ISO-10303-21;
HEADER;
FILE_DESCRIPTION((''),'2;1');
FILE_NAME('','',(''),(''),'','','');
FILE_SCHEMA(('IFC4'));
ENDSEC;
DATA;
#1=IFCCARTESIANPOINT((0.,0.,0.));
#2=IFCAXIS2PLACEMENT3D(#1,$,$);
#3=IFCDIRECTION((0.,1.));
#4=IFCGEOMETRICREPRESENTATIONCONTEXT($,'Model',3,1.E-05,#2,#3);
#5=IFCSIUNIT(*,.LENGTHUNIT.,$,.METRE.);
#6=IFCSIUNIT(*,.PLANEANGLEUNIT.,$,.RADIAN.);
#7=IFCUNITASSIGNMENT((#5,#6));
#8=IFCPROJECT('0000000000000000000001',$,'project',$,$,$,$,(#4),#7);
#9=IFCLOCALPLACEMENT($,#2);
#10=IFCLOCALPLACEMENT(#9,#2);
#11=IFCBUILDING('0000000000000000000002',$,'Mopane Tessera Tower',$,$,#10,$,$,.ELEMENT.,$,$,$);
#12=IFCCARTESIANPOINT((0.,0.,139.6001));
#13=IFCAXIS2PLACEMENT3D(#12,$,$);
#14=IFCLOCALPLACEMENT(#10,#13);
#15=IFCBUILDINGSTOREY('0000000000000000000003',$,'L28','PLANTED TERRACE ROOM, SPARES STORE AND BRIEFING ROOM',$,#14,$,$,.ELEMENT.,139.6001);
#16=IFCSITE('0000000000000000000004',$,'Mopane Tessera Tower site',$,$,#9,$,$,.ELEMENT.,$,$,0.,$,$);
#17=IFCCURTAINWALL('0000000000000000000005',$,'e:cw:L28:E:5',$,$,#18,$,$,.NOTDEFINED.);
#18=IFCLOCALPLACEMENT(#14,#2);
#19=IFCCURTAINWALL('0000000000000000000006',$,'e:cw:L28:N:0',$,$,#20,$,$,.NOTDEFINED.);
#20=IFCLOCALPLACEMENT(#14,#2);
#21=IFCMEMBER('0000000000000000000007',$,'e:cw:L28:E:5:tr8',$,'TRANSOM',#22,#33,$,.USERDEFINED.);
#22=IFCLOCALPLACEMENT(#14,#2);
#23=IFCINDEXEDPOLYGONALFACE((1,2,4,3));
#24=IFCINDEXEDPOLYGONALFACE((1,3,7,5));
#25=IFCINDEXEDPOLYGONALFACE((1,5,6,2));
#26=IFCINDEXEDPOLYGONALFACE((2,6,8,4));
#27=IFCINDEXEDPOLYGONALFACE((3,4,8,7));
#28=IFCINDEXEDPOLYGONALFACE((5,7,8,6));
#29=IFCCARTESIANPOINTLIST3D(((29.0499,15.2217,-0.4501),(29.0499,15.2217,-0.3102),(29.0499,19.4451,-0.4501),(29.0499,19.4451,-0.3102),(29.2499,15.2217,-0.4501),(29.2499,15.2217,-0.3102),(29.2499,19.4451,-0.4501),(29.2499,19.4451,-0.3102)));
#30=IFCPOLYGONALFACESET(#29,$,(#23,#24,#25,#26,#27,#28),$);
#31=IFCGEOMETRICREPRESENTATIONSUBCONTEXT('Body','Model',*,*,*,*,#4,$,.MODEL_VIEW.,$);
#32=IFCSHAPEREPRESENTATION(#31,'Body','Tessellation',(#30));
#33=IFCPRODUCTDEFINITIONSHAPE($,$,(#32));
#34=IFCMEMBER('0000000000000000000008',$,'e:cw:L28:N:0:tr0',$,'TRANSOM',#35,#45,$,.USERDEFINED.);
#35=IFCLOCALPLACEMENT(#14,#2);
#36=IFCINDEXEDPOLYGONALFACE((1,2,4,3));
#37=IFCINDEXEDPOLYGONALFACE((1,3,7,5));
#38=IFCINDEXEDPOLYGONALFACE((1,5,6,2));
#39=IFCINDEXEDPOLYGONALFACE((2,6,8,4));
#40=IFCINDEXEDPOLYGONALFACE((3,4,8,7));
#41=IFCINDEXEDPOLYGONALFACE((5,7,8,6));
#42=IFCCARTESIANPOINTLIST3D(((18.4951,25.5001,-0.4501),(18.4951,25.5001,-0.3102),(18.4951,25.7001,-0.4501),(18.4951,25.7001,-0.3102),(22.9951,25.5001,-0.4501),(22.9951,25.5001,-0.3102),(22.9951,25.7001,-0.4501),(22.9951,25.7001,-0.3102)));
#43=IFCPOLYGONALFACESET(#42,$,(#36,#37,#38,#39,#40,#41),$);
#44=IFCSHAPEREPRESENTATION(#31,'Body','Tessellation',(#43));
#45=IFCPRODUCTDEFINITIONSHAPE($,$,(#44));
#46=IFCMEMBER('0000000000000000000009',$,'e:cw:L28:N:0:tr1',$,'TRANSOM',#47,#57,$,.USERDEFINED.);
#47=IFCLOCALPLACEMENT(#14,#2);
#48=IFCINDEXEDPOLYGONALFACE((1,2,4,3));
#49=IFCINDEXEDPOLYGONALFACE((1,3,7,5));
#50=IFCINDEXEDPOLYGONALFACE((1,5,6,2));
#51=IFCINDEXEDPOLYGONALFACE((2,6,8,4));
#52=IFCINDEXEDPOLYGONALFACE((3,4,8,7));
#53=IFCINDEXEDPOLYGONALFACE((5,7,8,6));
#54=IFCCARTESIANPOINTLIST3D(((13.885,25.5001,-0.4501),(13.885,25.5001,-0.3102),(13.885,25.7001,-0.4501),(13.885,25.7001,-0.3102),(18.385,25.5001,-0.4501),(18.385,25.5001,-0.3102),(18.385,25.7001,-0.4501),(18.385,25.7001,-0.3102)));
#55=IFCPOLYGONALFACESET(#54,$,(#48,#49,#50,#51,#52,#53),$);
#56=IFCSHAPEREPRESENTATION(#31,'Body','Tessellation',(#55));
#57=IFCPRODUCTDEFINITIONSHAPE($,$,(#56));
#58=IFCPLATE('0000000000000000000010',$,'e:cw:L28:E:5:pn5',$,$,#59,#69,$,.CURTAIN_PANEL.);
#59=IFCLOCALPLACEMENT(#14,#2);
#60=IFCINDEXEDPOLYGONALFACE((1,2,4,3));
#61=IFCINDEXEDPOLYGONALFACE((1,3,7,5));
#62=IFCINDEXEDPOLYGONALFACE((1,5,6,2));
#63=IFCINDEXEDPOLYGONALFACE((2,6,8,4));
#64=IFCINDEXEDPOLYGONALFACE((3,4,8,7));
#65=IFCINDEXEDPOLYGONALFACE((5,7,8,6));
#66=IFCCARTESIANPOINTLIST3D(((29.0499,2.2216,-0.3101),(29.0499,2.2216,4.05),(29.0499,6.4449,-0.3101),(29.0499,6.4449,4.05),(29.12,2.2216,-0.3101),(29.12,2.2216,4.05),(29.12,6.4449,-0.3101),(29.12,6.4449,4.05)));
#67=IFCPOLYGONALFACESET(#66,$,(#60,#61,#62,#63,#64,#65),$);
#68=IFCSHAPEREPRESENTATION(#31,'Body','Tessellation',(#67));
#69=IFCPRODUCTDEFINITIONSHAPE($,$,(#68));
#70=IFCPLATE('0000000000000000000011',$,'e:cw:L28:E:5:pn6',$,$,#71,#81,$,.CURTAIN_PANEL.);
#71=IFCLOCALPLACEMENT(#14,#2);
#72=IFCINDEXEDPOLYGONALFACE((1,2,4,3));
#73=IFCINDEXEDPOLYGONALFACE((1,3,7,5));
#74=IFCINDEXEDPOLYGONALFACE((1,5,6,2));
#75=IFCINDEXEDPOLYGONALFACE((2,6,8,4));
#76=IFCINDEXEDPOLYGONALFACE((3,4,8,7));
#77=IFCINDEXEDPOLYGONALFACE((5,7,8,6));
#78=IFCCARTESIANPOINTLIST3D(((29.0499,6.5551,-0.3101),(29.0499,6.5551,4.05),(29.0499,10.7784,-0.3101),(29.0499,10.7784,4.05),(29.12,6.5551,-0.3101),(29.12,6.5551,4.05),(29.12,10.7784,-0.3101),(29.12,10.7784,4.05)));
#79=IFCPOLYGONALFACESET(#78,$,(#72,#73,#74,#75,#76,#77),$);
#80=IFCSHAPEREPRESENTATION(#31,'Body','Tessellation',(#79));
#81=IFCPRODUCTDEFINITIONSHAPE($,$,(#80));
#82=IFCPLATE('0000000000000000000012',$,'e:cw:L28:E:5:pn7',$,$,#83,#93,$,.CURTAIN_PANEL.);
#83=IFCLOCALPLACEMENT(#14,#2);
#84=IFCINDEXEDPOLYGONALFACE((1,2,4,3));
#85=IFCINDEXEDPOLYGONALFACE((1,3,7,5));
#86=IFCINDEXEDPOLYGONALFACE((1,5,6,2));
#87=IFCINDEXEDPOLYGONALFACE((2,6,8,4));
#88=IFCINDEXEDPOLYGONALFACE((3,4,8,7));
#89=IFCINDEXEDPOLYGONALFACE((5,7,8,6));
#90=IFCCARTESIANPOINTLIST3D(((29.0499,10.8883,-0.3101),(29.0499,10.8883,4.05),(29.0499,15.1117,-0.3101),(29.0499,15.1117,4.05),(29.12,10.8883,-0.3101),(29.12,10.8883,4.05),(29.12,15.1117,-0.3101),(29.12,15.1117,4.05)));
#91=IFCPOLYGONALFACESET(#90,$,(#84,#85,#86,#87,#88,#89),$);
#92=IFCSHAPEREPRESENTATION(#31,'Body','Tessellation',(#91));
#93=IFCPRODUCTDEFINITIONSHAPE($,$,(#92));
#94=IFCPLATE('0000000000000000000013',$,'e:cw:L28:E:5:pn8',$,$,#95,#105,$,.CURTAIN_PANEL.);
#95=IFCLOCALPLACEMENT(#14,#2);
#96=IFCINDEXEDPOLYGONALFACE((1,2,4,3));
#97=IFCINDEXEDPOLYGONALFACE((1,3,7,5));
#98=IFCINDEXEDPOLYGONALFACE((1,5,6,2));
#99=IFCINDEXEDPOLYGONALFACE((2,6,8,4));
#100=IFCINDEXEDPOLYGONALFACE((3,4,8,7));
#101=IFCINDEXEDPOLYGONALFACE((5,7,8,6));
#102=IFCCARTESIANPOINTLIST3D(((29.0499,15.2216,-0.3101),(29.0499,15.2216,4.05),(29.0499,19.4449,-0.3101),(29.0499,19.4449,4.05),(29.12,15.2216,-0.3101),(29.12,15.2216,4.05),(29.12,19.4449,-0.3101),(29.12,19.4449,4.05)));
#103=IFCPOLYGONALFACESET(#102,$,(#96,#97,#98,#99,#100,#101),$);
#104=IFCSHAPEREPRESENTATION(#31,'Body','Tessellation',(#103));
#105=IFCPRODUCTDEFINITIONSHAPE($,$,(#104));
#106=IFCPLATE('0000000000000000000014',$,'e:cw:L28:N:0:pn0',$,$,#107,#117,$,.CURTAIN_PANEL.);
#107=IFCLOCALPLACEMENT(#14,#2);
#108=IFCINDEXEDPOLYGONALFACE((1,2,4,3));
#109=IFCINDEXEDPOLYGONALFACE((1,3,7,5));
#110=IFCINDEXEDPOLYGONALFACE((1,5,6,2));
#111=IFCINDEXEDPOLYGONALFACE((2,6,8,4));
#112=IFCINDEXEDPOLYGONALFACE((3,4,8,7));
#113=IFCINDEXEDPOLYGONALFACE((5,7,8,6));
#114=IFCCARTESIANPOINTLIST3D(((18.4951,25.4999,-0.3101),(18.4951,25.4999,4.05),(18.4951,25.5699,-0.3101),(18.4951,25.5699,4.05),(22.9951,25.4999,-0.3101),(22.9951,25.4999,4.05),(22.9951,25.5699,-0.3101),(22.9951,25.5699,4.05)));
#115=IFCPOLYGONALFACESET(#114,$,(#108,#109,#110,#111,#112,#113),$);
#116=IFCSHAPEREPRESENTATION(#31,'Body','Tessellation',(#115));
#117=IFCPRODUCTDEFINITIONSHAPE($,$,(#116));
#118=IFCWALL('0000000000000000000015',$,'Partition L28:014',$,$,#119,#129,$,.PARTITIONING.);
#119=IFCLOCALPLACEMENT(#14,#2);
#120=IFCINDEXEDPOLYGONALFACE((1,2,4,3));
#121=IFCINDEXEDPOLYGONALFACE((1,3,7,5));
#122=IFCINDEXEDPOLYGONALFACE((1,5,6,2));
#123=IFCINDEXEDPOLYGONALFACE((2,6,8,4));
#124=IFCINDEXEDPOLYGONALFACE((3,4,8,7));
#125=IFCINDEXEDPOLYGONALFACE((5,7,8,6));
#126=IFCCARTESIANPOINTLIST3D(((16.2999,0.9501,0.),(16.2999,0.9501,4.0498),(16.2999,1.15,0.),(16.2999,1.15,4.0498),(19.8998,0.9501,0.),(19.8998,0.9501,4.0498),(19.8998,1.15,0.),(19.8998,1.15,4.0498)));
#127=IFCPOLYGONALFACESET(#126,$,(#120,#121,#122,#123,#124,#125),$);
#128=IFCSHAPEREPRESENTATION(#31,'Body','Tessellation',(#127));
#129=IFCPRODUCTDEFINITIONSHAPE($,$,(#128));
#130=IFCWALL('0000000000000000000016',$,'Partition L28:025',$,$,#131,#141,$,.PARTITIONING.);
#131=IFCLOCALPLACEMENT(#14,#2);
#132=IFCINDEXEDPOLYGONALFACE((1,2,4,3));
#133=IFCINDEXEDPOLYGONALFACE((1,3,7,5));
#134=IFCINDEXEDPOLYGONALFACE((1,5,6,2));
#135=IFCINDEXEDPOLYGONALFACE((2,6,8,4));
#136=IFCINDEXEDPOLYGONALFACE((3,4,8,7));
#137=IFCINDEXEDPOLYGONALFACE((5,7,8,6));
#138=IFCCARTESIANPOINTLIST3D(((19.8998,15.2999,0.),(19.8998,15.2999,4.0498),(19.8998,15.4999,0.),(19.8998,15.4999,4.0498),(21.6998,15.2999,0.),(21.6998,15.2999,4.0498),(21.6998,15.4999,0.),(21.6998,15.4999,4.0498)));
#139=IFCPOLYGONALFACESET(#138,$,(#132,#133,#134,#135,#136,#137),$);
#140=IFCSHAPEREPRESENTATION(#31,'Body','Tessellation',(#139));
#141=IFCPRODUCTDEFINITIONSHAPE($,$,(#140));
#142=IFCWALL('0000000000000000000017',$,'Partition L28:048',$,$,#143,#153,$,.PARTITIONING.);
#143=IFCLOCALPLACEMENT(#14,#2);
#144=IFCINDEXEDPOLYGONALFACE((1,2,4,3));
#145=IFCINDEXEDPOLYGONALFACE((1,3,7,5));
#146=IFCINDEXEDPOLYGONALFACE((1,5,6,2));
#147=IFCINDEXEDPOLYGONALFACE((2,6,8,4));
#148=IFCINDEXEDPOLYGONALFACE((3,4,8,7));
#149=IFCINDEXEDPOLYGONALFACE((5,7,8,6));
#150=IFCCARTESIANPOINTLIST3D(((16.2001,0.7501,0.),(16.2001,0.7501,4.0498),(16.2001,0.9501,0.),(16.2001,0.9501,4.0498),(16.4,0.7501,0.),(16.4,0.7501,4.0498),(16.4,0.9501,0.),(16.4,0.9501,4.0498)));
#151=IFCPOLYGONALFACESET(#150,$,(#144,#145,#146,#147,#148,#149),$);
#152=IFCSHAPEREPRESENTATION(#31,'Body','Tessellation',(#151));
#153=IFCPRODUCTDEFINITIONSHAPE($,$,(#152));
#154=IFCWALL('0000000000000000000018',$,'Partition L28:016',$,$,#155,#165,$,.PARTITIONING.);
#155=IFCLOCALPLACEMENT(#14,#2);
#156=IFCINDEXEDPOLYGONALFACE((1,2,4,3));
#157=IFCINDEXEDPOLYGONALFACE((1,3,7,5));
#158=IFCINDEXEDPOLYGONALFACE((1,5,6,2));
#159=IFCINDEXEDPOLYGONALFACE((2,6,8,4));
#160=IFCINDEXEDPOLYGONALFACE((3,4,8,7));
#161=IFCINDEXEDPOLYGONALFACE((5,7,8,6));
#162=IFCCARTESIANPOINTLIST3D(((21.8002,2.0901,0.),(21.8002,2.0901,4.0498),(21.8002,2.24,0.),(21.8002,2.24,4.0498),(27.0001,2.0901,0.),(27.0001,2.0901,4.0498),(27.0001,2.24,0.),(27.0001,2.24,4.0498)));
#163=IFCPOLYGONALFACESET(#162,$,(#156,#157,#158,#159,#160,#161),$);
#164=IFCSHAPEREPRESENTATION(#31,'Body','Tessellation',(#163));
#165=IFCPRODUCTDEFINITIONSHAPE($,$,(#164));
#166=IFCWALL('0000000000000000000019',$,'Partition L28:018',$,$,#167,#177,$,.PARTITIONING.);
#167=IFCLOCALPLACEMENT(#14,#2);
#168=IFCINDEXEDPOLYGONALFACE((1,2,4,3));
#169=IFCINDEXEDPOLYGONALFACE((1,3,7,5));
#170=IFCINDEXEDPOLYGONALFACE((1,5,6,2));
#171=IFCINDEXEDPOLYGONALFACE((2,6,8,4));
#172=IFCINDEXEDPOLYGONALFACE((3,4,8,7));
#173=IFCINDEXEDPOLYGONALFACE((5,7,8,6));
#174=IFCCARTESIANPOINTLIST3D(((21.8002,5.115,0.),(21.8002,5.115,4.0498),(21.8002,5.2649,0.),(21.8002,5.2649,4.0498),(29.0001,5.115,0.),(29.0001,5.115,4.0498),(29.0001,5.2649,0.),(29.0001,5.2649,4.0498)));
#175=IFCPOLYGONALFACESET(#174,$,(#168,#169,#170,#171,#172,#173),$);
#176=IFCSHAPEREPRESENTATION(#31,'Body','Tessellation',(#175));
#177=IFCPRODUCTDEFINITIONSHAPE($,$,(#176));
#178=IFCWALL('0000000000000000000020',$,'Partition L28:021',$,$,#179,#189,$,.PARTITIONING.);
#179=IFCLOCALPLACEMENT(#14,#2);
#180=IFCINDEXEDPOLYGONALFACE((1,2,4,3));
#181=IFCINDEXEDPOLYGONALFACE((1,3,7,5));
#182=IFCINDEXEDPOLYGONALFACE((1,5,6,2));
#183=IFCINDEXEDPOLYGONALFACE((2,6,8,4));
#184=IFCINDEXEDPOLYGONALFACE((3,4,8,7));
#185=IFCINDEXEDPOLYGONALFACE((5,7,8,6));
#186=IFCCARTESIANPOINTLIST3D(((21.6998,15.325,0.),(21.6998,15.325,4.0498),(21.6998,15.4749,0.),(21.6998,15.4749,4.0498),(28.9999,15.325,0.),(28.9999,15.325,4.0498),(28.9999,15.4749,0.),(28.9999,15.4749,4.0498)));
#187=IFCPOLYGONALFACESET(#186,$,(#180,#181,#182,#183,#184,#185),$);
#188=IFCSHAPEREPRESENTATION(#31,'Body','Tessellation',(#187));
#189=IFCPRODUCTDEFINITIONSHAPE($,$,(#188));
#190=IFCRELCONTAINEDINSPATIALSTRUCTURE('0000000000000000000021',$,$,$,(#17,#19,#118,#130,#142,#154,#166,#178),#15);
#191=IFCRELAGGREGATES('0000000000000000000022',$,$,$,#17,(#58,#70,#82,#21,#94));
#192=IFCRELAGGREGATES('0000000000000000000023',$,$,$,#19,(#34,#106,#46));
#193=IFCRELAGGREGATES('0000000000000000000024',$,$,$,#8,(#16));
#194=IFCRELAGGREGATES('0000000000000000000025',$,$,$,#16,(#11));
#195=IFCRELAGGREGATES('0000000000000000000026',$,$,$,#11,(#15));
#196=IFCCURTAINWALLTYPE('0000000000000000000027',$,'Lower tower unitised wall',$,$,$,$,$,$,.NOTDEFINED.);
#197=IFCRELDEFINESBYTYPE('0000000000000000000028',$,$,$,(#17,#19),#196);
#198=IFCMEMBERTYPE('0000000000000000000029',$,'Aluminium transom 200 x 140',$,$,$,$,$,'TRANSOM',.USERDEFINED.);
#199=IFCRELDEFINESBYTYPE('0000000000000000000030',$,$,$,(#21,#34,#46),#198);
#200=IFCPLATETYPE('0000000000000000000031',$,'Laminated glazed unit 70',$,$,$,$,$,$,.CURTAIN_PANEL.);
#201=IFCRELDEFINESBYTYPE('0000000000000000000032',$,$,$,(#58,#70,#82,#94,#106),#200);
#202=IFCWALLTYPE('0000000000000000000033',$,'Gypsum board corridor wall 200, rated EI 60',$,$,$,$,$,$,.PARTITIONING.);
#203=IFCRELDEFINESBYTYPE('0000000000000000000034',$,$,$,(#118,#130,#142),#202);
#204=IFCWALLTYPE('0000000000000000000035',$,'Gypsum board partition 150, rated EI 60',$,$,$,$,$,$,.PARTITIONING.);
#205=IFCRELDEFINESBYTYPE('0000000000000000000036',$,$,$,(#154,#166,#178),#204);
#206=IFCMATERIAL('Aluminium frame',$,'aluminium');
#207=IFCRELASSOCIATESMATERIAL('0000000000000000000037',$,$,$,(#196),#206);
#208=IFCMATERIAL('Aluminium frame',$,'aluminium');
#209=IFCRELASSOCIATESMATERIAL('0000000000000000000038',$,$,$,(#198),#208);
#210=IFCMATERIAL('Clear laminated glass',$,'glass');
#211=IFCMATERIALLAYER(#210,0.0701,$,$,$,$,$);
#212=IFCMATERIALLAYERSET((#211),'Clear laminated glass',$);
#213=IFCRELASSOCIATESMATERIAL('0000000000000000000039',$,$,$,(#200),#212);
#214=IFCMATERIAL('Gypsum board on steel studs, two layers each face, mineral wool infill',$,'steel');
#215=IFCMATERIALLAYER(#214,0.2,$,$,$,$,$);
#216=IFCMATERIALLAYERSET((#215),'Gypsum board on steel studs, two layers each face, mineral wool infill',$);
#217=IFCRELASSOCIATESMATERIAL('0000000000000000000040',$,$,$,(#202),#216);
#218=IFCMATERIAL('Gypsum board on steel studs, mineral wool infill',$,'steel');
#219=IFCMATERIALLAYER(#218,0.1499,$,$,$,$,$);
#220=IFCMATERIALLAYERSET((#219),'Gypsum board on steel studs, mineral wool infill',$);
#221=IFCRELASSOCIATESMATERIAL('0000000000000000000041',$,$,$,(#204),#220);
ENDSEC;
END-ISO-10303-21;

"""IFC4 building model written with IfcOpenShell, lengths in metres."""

from ifc_helpers import new_model, si_unit, direction, frame, frame_2d, origin, origin_2d, place, context, subcontext, project, spatial, rectangle, extrude, material, layer, layer_set, material_profile, profile_set, type_object, element, aggregate, save


model = new_model("IFC4")

# Units and contexts
model_context = context("Model", 3, precision=1e-05, world=origin(), true_north=direction((0.0, 1.0)))
body_context = subcontext(model_context, "Body", "Model", "MODEL_VIEW")
ifc_project = project(units=[si_unit("LENGTHUNIT", "METRE"), si_unit("PLANEANGLEUNIT", "RADIAN")], contexts=[model_context])

# Site, building, storey
site_placement = place(None, origin())
site = spatial("IfcSite", under=ifc_project, at=site_placement, Name="Mopane Tessera Tower site", CompositionType="ELEMENT", RefElevation=0.0)
building_placement = place(site_placement, origin())
building = spatial("IfcBuilding", under=site, at=building_placement, Name="Mopane Tessera Tower", CompositionType="ELEMENT")
storey_placement = place(building_placement, frame((0.0, 0.0, 139.6001)))
storey = spatial("IfcBuildingStorey", under=building, at=storey_placement, Name="L28", Description="PLANTED TERRACE ROOM, SPARES STORE AND BRIEFING ROOM", CompositionType="ELEMENT", Elevation=139.6001)

# Curtain walls
ifc_material_1 = material(Name="Aluminium frame", Category="aluminium")
curtain_wall_type = type_object("IfcCurtainWallType", Name="Lower tower unitised wall", PredefinedType="NOTDEFINED", material=ifc_material_1)
curtain_wall_1_placement = place(storey_placement, origin())
curtain_wall_1 = element("IfcCurtainWall", 1, at=curtain_wall_1_placement, inside=storey, type_object=curtain_wall_type, Name="e:cw:L28:E:5", PredefinedType="NOTDEFINED")
curtain_wall_2_placement = place(storey_placement, origin())
curtain_wall_2 = element("IfcCurtainWall", 2, at=curtain_wall_2_placement, inside=storey, type_object=curtain_wall_type, Name="e:cw:L28:N:0", PredefinedType="NOTDEFINED")

# Members
ifc_material_2 = material(Name="Aluminium frame", Category="aluminium")
ifc_material_profile_1 = material_profile(ifc_material_2, rectangle(XDim=0.2, YDim=0.1399, at=origin_2d()))
ifc_profile_set_1 = profile_set([ifc_material_profile_1], Name="Aluminium frame")
member_type_1 = type_object("IfcMemberType", Name="Aluminium transom 200 x 140", ElementType="TRANSOM", PredefinedType="USERDEFINED", material=ifc_profile_set_1)
member_1_placement = place(storey_placement, frame((29.1499, 15.2217, -0.3801), z_axis=(0.0, 1.0, 0.0), x_axis=(-1.0, 0.0, 0.0)))
member_1 = element("IfcMember", 3, at=member_1_placement, type_object=member_type_1, Name="e:cw:L28:E:5:tr8", ObjectType="TRANSOM", PredefinedType="USERDEFINED", context=body_context, shape_type="SweptSolid", body=[
    extrude(rectangle(XDim=0.2, YDim=0.1399, at=origin_2d()), origin(), (0.0, 0.0, 1.0), 4.2234),
])
member_2_placement = place(storey_placement, frame((22.9951, 25.6001, -0.3801), z_axis=(-1.0, 0.0, 0.0), x_axis=(0.0, -1.0, 0.0)))
member_2 = element("IfcMember", 4, at=member_2_placement, type_object=member_type_1, Name="e:cw:L28:N:0:tr0", ObjectType="TRANSOM", PredefinedType="USERDEFINED", context=body_context, shape_type="SweptSolid", body=[
    extrude(rectangle(XDim=0.2, YDim=0.1399, at=origin_2d()), origin(), (0.0, 0.0, 1.0), 4.5),
])
member_3_placement = place(storey_placement, frame((18.385, 25.6001, -0.3801), z_axis=(-1.0, 0.0, 0.0), x_axis=(0.0, -1.0, 0.0)))
member_3 = element("IfcMember", 5, at=member_3_placement, type_object=member_type_1, Name="e:cw:L28:N:0:tr1", ObjectType="TRANSOM", PredefinedType="USERDEFINED", context=body_context, shape_type="SweptSolid", body=[
    extrude(rectangle(XDim=0.2, YDim=0.1399, at=origin_2d()), origin(), (0.0, 0.0, 1.0), 4.5),
])

# Plates
ifc_material_3 = material(Name="Clear laminated glass", Category="glass")
ifc_layer_1 = layer(ifc_material_3, 0.0701)
ifc_layer_set_1 = layer_set([ifc_layer_1], Name="Clear laminated glass")
plate_type = type_object("IfcPlateType", Name="Laminated glazed unit 70", PredefinedType="CURTAIN_PANEL", material=ifc_layer_set_1)
plate_1_placement = place(storey_placement, frame((29.085, 4.3333, -0.3101), z_axis=(0.0, 0.0, 1.0), x_axis=(0.0, 1.0, 0.0)))
plate_1 = element("IfcPlate", 6, at=plate_1_placement, type_object=plate_type, Name="e:cw:L28:E:5:pn5", PredefinedType="CURTAIN_PANEL", context=body_context, shape_type="SweptSolid", body=[
    extrude(rectangle(XDim=4.2234, YDim=0.0701, at=origin_2d()), origin(), (0.0, 0.0, 1.0), 4.3601),
])
plate_2_placement = place(storey_placement, frame((29.085, 8.6667, -0.3101), z_axis=(0.0, 0.0, 1.0), x_axis=(0.0, 1.0, 0.0)))
plate_2 = element("IfcPlate", 7, at=plate_2_placement, type_object=plate_type, Name="e:cw:L28:E:5:pn6", PredefinedType="CURTAIN_PANEL", context=body_context, shape_type="SweptSolid", body=[
    extrude(rectangle(XDim=4.2234, YDim=0.0701, at=origin_2d()), origin(), (0.0, 0.0, 1.0), 4.3601),
])
plate_3_placement = place(storey_placement, frame((29.085, 13.0, -0.3101), z_axis=(0.0, 0.0, 1.0), x_axis=(0.0, 1.0, 0.0)))
plate_3 = element("IfcPlate", 8, at=plate_3_placement, type_object=plate_type, Name="e:cw:L28:E:5:pn7", PredefinedType="CURTAIN_PANEL", context=body_context, shape_type="SweptSolid", body=[
    extrude(rectangle(XDim=4.2234, YDim=0.0701, at=origin_2d()), origin(), (0.0, 0.0, 1.0), 4.3601),
])
plate_4_placement = place(storey_placement, frame((29.085, 17.3333, -0.3101), z_axis=(0.0, 0.0, 1.0), x_axis=(0.0, 1.0, 0.0)))
plate_4 = element("IfcPlate", 9, at=plate_4_placement, type_object=plate_type, Name="e:cw:L28:E:5:pn8", PredefinedType="CURTAIN_PANEL", context=body_context, shape_type="SweptSolid", body=[
    extrude(rectangle(XDim=4.2234, YDim=0.0701, at=origin_2d()), origin(), (0.0, 0.0, 1.0), 4.3601),
])
aggregate(curtain_wall_1, [plate_1, plate_2, plate_3, member_1, plate_4])
plate_5_placement = place(storey_placement, frame((20.7451, 25.5349, -0.3101), z_axis=(0.0, 0.0, 1.0), x_axis=(-1.0, 0.0, 0.0)))
plate_5 = element("IfcPlate", 10, at=plate_5_placement, type_object=plate_type, Name="e:cw:L28:N:0:pn0", PredefinedType="CURTAIN_PANEL", context=body_context, shape_type="SweptSolid", body=[
    extrude(rectangle(XDim=4.5, YDim=0.0701, at=origin_2d()), origin(), (0.0, 0.0, 1.0), 4.3601),
])
aggregate(curtain_wall_2, [member_2, plate_5, member_3])

# Walls
ifc_material_4 = material(Name="Gypsum board on steel studs, two layers each face, mineral wool infill", Category="steel")
ifc_layer_2 = layer(ifc_material_4, 0.2)
ifc_layer_set_2 = layer_set([ifc_layer_2], Name="Gypsum board on steel studs, two layers each face, mineral wool infill")
wall_type_1 = type_object("IfcWallType", Name="Gypsum board corridor wall 200, rated EI 60", PredefinedType="PARTITIONING", material=ifc_layer_set_2)
wall_1_placement = place(storey_placement, frame((16.3, 1.05, 0.0), z_axis=(0.0, 0.0, 1.0), x_axis=(1.0, 0.0, 0.0)))
element("IfcWall", 11, at=wall_1_placement, inside=storey, type_object=wall_type_1, Name="Partition L28:014", PredefinedType="PARTITIONING", context=body_context, shape_type="SweptSolid", body=[
    extrude(rectangle(XDim=3.5999, YDim=0.2, at=frame_2d((1.7998, 0.0))), origin(), (0.0, 0.0, 1.0), 4.0498),
])
wall_2_placement = place(storey_placement, frame((19.8999, 15.3999, 0.0), z_axis=(0.0, 0.0, 1.0), x_axis=(1.0, 0.0, 0.0)))
element("IfcWall", 12, at=wall_2_placement, inside=storey, type_object=wall_type_1, Name="Partition L28:025", PredefinedType="PARTITIONING", context=body_context, shape_type="SweptSolid", body=[
    extrude(rectangle(XDim=1.8, YDim=0.2, at=frame_2d((0.8999, 0.0))), origin(), (0.0, 0.0, 1.0), 4.0498),
])
wall_3_placement = place(storey_placement, frame((16.3, 0.75, 0.0), z_axis=(0.0, 0.0, 1.0), x_axis=(0.0, 1.0, 0.0)))
element("IfcWall", 13, at=wall_3_placement, inside=storey, type_object=wall_type_1, Name="Partition L28:048", PredefinedType="PARTITIONING", context=body_context, shape_type="SweptSolid", body=[
    extrude(rectangle(XDim=0.2, YDim=0.2, at=frame_2d((0.1001, 0.0))), origin(), (0.0, 0.0, 1.0), 4.0498),
])
ifc_material_5 = material(Name="Gypsum board on steel studs, mineral wool infill", Category="steel")
ifc_layer_3 = layer(ifc_material_5, 0.1499)
ifc_layer_set_3 = layer_set([ifc_layer_3], Name="Gypsum board on steel studs, mineral wool infill")
wall_type_2 = type_object("IfcWallType", Name="Gypsum board partition 150, rated EI 60", PredefinedType="PARTITIONING", material=ifc_layer_set_3)
wall_4_placement = place(storey_placement, frame((21.8, 2.165, 0.0), z_axis=(0.0, 0.0, 1.0), x_axis=(1.0, 0.0, 0.0)))
element("IfcWall", 14, at=wall_4_placement, inside=storey, type_object=wall_type_2, Name="Partition L28:016", PredefinedType="PARTITIONING", context=body_context, shape_type="SweptSolid", body=[
    extrude(rectangle(XDim=5.2, YDim=0.1499, at=frame_2d((2.6001, 0.0))), origin(), (0.0, 0.0, 1.0), 4.0498),
])
wall_5_placement = place(storey_placement, frame((21.8, 5.1899, 0.0), z_axis=(0.0, 0.0, 1.0), x_axis=(1.0, 0.0, 0.0)))
element("IfcWall", 15, at=wall_5_placement, inside=storey, type_object=wall_type_2, Name="Partition L28:018", PredefinedType="PARTITIONING", context=body_context, shape_type="SweptSolid", body=[
    extrude(rectangle(XDim=7.2, YDim=0.1499, at=frame_2d((3.6001, 0.0))), origin(), (0.0, 0.0, 1.0), 4.0498),
])
wall_6_placement = place(storey_placement, frame((21.7, 15.3999, 0.0), z_axis=(0.0, 0.0, 1.0), x_axis=(1.0, 0.0, 0.0)))
element("IfcWall", 16, at=wall_6_placement, inside=storey, type_object=wall_type_2, Name="Partition L28:021", PredefinedType="PARTITIONING", context=body_context, shape_type="SweptSolid", body=[
    extrude(rectangle(XDim=7.3, YDim=0.1499, at=frame_2d((3.6499, 0.0))), origin(), (0.0, 0.0, 1.0), 4.0498),
])

save(model, "model.ifc")
